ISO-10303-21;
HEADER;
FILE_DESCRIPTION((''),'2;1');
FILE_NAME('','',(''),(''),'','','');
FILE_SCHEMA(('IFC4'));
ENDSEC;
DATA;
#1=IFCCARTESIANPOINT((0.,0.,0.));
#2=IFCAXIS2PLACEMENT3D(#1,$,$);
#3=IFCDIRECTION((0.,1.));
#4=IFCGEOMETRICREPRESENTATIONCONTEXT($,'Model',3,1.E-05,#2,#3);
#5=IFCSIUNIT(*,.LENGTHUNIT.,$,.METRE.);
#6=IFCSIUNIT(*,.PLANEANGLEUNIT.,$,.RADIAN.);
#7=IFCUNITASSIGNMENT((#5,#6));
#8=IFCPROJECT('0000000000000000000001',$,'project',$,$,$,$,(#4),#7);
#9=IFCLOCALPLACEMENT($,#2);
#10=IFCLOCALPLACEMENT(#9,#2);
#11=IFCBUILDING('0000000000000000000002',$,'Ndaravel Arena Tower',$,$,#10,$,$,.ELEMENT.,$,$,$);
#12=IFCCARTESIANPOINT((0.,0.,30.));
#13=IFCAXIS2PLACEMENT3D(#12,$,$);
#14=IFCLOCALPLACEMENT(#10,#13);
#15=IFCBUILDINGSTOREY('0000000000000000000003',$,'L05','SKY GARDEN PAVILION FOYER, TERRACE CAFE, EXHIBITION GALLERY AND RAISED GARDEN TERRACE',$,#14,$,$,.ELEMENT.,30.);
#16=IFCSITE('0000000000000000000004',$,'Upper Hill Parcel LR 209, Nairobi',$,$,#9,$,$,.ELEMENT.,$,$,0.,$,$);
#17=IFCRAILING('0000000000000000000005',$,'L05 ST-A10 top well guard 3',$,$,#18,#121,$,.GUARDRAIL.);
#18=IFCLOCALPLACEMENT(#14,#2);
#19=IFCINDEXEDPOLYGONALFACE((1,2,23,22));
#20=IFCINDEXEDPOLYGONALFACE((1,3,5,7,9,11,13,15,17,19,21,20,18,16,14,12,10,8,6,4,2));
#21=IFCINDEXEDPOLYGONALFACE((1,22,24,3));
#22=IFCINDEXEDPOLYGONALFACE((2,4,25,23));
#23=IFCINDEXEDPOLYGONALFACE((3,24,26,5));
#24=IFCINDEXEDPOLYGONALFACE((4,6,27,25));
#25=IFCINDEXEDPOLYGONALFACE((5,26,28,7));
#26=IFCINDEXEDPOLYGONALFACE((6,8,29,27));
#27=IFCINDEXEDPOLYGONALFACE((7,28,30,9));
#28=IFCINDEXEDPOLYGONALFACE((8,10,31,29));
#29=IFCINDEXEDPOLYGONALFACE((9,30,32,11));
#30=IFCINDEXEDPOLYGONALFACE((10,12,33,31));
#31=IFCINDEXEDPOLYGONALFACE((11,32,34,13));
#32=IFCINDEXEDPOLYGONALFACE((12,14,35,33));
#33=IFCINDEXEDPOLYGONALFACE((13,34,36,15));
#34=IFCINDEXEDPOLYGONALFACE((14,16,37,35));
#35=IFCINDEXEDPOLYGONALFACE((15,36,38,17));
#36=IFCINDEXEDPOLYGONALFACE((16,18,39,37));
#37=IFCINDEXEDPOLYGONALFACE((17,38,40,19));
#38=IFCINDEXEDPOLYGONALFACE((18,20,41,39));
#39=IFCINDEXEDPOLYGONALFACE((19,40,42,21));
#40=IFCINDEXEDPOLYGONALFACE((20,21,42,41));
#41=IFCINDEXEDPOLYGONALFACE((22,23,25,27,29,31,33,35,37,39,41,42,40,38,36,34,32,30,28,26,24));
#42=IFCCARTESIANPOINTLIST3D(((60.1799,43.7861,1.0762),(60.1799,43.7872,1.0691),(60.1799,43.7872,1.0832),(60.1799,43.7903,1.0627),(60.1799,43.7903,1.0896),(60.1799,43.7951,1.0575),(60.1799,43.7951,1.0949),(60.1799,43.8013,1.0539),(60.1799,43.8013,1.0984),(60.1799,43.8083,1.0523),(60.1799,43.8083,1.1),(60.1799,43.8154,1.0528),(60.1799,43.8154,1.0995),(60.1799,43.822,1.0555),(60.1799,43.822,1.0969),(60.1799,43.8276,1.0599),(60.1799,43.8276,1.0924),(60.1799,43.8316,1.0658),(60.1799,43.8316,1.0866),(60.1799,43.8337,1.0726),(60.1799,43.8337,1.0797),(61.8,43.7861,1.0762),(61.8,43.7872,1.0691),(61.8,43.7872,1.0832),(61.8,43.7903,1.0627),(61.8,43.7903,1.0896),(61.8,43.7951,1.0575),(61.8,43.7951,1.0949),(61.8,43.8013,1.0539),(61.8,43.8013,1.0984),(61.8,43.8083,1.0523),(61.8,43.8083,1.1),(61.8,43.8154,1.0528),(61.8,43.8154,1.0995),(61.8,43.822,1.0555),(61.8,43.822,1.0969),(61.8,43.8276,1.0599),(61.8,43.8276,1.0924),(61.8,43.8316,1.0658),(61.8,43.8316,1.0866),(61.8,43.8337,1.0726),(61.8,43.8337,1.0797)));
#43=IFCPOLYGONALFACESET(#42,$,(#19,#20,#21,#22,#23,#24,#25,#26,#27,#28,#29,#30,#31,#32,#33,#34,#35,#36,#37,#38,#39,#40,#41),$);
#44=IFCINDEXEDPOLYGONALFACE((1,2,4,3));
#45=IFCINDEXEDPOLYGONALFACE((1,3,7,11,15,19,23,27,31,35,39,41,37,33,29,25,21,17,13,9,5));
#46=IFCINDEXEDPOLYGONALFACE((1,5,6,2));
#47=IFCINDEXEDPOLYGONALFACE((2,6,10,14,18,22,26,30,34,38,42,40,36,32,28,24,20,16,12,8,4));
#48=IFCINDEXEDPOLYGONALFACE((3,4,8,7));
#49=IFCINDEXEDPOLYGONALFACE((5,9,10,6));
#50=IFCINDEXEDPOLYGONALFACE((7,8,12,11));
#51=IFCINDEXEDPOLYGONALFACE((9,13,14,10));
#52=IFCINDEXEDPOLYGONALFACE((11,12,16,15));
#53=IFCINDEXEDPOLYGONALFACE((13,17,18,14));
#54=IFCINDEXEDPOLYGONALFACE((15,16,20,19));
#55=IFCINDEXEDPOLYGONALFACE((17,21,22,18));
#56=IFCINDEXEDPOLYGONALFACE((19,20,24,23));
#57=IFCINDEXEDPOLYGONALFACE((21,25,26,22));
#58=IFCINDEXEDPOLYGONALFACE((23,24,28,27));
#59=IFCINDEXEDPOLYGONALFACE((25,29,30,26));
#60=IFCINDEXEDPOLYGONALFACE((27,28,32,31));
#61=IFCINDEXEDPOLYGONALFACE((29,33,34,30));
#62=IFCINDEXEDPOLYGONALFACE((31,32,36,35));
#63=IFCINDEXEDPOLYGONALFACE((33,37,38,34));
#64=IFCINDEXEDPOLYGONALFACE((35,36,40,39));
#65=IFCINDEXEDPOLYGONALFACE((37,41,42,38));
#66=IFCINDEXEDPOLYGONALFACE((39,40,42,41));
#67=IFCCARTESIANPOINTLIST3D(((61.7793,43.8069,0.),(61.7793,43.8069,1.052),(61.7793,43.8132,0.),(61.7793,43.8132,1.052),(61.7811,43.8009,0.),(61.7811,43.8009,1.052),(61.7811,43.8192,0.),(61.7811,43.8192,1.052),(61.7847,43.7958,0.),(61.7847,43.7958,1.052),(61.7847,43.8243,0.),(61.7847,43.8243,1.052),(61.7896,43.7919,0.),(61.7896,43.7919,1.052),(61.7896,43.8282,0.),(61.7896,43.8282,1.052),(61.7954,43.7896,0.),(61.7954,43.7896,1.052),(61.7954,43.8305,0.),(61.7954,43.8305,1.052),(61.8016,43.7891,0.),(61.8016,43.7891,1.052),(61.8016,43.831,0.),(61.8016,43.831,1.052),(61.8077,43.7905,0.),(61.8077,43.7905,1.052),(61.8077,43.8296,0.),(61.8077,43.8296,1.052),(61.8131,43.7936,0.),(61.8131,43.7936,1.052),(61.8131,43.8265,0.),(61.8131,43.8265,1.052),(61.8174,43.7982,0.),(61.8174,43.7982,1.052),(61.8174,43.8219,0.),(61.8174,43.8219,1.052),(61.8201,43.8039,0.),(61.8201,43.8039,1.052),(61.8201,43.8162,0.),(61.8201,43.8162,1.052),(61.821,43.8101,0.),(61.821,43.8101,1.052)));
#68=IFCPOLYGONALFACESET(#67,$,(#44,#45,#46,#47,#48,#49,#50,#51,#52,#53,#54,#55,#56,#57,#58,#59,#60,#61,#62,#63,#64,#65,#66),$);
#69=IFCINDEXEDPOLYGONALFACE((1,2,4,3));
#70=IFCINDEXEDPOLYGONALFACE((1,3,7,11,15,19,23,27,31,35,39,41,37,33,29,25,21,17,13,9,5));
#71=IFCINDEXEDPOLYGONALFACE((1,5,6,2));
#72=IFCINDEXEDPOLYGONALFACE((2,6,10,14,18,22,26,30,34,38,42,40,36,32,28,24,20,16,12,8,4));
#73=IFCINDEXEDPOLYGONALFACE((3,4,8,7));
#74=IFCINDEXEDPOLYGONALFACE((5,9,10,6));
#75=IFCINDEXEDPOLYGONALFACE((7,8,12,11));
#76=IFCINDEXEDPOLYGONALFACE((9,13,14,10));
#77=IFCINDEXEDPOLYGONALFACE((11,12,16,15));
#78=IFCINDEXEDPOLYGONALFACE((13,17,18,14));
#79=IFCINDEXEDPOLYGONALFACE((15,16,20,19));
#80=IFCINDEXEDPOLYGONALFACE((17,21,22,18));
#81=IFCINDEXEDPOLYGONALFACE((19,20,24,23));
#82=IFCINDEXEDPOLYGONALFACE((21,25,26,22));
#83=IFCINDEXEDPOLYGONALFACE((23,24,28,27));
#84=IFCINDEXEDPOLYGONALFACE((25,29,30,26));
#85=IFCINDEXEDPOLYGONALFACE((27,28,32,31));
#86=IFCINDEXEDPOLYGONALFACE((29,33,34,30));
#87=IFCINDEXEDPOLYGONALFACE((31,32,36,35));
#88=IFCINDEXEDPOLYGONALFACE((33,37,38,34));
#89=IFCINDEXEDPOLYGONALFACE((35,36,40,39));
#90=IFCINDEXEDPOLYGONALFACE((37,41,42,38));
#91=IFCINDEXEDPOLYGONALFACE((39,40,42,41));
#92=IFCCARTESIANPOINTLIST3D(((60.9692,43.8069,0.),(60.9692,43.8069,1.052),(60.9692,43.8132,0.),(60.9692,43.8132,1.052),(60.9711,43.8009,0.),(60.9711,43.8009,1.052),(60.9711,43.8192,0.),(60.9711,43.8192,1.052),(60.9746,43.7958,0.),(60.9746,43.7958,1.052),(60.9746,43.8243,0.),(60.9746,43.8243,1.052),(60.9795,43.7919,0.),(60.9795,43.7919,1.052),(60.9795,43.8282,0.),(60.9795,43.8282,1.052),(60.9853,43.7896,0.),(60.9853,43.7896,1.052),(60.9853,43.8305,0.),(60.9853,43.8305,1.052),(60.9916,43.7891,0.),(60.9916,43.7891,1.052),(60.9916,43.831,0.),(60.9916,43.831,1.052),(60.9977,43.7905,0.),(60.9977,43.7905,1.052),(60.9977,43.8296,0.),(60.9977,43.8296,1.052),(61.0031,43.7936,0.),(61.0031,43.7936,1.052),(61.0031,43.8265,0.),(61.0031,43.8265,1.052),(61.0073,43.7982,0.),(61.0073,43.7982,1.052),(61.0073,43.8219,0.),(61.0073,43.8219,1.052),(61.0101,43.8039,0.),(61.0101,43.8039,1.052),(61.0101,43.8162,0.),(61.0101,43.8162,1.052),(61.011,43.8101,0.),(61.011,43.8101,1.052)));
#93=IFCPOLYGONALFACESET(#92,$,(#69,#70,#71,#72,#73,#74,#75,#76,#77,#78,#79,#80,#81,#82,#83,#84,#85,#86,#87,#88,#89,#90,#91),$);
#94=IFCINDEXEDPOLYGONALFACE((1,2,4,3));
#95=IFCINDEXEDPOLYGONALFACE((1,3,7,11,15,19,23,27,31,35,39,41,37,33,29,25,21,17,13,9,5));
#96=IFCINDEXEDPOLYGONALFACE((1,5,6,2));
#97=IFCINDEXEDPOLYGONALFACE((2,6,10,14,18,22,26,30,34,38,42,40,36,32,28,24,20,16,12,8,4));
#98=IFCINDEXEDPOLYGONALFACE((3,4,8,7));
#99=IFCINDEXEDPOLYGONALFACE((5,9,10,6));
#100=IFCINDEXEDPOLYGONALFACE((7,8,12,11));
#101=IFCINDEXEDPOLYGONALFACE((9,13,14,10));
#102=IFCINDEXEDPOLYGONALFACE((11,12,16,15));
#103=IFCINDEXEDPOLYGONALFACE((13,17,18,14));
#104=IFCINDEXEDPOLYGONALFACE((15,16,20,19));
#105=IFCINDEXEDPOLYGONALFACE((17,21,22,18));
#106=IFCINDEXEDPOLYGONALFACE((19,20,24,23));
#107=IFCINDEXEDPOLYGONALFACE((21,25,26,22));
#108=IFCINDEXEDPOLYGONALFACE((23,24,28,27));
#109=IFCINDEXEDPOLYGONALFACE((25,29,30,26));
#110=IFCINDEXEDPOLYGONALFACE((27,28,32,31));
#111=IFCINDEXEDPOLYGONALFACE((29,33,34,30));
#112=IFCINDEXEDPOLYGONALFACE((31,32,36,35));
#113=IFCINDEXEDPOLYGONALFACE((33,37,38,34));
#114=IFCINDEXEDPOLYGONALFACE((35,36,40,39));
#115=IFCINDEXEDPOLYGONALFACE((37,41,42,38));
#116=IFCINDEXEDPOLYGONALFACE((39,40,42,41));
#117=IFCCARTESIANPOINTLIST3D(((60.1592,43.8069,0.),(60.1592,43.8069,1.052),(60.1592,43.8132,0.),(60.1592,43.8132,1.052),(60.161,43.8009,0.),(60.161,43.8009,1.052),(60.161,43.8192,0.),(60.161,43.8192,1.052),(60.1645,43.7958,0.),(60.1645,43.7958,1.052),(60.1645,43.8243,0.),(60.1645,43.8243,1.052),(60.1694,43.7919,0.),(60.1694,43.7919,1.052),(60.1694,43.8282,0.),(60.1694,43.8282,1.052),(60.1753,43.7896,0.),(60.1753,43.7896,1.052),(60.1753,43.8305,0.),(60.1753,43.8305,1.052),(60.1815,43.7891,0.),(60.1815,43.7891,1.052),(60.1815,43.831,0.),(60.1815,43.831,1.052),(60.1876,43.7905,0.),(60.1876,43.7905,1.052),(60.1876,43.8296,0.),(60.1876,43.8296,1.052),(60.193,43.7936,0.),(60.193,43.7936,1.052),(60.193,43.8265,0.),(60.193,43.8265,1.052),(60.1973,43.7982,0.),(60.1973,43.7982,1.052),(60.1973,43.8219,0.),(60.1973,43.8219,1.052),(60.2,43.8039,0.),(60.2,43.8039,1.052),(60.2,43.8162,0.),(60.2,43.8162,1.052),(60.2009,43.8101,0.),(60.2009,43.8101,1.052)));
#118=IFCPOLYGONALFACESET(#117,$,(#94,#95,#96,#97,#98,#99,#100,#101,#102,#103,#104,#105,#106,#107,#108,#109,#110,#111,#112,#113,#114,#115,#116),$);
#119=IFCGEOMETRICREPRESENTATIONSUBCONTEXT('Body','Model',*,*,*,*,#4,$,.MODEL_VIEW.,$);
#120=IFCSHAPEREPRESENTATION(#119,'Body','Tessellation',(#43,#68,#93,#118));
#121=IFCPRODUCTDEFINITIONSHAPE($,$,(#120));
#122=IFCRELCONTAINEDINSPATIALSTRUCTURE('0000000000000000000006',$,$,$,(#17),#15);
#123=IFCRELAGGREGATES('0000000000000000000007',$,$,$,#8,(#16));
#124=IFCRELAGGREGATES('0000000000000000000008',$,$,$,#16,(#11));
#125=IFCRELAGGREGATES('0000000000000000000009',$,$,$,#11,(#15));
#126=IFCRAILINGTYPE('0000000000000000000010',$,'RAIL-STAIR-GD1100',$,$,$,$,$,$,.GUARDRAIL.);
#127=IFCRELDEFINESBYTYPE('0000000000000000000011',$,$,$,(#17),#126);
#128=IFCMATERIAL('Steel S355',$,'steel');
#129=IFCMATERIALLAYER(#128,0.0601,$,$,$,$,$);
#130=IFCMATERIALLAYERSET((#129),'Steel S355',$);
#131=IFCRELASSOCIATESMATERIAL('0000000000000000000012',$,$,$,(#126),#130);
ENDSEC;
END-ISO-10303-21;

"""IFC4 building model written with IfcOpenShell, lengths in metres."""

from ifc_helpers import new_model, si_unit, direction, frame, origin, origin_2d, place, context, subcontext, project, spatial, circle, extrude, material, layer, layer_set, type_object, element, save


model = new_model("IFC4")

# Units and contexts
model_context = context("Model", 3, precision=1e-05, world=origin(), true_north=direction((0.0, 1.0)))
body_context = subcontext(model_context, "Body", "Model", "MODEL_VIEW")
ifc_project = project(units=[si_unit("LENGTHUNIT", "METRE"), si_unit("PLANEANGLEUNIT", "RADIAN")], contexts=[model_context])

# Site, building, storey
site_placement = place(None, origin())
site = spatial("IfcSite", under=ifc_project, at=site_placement, Name="Upper Hill Parcel LR 209, Nairobi", CompositionType="ELEMENT", RefElevation=0.0)
building_placement = place(site_placement, origin())
building = spatial("IfcBuilding", under=site, at=building_placement, Name="Ndaravel Arena Tower", CompositionType="ELEMENT")
storey_placement = place(building_placement, frame((0.0, 0.0, 30.0)))
storey = spatial("IfcBuildingStorey", under=building, at=storey_placement, Name="L05", Description="SKY GARDEN PAVILION FOYER, TERRACE CAFE, EXHIBITION GALLERY AND RAISED GARDEN TERRACE", CompositionType="ELEMENT", Elevation=30.0)

# Railing
ifc_material_1 = material(Name="Steel S355", Category="steel")
ifc_layer_1 = layer(ifc_material_1, 0.0601)
ifc_layer_set_1 = layer_set([ifc_layer_1], Name="Steel S355")
railing_type_1 = type_object("IfcRailingType", Name="RAIL-STAIR-GD1100", PredefinedType="GUARDRAIL", material=ifc_layer_set_1)
for number, where, name in (
    (1, (61.8, 43.8101, 0.0), "L05 ST-A10 top well guard 3"),
):
    element("IfcRailing", number, at=place(storey_placement, frame(where)), inside=storey, type_object=railing_type_1, Name=name, PredefinedType="GUARDRAIL", context=body_context, shape_type="SweptSolid", body=[
        extrude(circle(Radius=0.0239, at=origin_2d()), frame((0.0, 0.0, 1.0762), z_axis=(-1.0, 0.0, 0.0), x_axis=(0.0, -1.0, 0.0)), (0.0, 0.0, 1.0), 1.6201),
        extrude(circle(Radius=0.021, at=origin_2d()), origin(), (0.0, 0.0, 1.0), 1.052),
        extrude(circle(Radius=0.021, at=origin_2d()), frame((-0.8101, 0.0, 0.0)), (0.0, 0.0, 1.0), 1.052),
        extrude(circle(Radius=0.021, at=origin_2d()), frame((-1.6201, 0.0, 0.0)), (0.0, 0.0, 1.0), 1.052),
    ])

save(model, "model.ifc")
